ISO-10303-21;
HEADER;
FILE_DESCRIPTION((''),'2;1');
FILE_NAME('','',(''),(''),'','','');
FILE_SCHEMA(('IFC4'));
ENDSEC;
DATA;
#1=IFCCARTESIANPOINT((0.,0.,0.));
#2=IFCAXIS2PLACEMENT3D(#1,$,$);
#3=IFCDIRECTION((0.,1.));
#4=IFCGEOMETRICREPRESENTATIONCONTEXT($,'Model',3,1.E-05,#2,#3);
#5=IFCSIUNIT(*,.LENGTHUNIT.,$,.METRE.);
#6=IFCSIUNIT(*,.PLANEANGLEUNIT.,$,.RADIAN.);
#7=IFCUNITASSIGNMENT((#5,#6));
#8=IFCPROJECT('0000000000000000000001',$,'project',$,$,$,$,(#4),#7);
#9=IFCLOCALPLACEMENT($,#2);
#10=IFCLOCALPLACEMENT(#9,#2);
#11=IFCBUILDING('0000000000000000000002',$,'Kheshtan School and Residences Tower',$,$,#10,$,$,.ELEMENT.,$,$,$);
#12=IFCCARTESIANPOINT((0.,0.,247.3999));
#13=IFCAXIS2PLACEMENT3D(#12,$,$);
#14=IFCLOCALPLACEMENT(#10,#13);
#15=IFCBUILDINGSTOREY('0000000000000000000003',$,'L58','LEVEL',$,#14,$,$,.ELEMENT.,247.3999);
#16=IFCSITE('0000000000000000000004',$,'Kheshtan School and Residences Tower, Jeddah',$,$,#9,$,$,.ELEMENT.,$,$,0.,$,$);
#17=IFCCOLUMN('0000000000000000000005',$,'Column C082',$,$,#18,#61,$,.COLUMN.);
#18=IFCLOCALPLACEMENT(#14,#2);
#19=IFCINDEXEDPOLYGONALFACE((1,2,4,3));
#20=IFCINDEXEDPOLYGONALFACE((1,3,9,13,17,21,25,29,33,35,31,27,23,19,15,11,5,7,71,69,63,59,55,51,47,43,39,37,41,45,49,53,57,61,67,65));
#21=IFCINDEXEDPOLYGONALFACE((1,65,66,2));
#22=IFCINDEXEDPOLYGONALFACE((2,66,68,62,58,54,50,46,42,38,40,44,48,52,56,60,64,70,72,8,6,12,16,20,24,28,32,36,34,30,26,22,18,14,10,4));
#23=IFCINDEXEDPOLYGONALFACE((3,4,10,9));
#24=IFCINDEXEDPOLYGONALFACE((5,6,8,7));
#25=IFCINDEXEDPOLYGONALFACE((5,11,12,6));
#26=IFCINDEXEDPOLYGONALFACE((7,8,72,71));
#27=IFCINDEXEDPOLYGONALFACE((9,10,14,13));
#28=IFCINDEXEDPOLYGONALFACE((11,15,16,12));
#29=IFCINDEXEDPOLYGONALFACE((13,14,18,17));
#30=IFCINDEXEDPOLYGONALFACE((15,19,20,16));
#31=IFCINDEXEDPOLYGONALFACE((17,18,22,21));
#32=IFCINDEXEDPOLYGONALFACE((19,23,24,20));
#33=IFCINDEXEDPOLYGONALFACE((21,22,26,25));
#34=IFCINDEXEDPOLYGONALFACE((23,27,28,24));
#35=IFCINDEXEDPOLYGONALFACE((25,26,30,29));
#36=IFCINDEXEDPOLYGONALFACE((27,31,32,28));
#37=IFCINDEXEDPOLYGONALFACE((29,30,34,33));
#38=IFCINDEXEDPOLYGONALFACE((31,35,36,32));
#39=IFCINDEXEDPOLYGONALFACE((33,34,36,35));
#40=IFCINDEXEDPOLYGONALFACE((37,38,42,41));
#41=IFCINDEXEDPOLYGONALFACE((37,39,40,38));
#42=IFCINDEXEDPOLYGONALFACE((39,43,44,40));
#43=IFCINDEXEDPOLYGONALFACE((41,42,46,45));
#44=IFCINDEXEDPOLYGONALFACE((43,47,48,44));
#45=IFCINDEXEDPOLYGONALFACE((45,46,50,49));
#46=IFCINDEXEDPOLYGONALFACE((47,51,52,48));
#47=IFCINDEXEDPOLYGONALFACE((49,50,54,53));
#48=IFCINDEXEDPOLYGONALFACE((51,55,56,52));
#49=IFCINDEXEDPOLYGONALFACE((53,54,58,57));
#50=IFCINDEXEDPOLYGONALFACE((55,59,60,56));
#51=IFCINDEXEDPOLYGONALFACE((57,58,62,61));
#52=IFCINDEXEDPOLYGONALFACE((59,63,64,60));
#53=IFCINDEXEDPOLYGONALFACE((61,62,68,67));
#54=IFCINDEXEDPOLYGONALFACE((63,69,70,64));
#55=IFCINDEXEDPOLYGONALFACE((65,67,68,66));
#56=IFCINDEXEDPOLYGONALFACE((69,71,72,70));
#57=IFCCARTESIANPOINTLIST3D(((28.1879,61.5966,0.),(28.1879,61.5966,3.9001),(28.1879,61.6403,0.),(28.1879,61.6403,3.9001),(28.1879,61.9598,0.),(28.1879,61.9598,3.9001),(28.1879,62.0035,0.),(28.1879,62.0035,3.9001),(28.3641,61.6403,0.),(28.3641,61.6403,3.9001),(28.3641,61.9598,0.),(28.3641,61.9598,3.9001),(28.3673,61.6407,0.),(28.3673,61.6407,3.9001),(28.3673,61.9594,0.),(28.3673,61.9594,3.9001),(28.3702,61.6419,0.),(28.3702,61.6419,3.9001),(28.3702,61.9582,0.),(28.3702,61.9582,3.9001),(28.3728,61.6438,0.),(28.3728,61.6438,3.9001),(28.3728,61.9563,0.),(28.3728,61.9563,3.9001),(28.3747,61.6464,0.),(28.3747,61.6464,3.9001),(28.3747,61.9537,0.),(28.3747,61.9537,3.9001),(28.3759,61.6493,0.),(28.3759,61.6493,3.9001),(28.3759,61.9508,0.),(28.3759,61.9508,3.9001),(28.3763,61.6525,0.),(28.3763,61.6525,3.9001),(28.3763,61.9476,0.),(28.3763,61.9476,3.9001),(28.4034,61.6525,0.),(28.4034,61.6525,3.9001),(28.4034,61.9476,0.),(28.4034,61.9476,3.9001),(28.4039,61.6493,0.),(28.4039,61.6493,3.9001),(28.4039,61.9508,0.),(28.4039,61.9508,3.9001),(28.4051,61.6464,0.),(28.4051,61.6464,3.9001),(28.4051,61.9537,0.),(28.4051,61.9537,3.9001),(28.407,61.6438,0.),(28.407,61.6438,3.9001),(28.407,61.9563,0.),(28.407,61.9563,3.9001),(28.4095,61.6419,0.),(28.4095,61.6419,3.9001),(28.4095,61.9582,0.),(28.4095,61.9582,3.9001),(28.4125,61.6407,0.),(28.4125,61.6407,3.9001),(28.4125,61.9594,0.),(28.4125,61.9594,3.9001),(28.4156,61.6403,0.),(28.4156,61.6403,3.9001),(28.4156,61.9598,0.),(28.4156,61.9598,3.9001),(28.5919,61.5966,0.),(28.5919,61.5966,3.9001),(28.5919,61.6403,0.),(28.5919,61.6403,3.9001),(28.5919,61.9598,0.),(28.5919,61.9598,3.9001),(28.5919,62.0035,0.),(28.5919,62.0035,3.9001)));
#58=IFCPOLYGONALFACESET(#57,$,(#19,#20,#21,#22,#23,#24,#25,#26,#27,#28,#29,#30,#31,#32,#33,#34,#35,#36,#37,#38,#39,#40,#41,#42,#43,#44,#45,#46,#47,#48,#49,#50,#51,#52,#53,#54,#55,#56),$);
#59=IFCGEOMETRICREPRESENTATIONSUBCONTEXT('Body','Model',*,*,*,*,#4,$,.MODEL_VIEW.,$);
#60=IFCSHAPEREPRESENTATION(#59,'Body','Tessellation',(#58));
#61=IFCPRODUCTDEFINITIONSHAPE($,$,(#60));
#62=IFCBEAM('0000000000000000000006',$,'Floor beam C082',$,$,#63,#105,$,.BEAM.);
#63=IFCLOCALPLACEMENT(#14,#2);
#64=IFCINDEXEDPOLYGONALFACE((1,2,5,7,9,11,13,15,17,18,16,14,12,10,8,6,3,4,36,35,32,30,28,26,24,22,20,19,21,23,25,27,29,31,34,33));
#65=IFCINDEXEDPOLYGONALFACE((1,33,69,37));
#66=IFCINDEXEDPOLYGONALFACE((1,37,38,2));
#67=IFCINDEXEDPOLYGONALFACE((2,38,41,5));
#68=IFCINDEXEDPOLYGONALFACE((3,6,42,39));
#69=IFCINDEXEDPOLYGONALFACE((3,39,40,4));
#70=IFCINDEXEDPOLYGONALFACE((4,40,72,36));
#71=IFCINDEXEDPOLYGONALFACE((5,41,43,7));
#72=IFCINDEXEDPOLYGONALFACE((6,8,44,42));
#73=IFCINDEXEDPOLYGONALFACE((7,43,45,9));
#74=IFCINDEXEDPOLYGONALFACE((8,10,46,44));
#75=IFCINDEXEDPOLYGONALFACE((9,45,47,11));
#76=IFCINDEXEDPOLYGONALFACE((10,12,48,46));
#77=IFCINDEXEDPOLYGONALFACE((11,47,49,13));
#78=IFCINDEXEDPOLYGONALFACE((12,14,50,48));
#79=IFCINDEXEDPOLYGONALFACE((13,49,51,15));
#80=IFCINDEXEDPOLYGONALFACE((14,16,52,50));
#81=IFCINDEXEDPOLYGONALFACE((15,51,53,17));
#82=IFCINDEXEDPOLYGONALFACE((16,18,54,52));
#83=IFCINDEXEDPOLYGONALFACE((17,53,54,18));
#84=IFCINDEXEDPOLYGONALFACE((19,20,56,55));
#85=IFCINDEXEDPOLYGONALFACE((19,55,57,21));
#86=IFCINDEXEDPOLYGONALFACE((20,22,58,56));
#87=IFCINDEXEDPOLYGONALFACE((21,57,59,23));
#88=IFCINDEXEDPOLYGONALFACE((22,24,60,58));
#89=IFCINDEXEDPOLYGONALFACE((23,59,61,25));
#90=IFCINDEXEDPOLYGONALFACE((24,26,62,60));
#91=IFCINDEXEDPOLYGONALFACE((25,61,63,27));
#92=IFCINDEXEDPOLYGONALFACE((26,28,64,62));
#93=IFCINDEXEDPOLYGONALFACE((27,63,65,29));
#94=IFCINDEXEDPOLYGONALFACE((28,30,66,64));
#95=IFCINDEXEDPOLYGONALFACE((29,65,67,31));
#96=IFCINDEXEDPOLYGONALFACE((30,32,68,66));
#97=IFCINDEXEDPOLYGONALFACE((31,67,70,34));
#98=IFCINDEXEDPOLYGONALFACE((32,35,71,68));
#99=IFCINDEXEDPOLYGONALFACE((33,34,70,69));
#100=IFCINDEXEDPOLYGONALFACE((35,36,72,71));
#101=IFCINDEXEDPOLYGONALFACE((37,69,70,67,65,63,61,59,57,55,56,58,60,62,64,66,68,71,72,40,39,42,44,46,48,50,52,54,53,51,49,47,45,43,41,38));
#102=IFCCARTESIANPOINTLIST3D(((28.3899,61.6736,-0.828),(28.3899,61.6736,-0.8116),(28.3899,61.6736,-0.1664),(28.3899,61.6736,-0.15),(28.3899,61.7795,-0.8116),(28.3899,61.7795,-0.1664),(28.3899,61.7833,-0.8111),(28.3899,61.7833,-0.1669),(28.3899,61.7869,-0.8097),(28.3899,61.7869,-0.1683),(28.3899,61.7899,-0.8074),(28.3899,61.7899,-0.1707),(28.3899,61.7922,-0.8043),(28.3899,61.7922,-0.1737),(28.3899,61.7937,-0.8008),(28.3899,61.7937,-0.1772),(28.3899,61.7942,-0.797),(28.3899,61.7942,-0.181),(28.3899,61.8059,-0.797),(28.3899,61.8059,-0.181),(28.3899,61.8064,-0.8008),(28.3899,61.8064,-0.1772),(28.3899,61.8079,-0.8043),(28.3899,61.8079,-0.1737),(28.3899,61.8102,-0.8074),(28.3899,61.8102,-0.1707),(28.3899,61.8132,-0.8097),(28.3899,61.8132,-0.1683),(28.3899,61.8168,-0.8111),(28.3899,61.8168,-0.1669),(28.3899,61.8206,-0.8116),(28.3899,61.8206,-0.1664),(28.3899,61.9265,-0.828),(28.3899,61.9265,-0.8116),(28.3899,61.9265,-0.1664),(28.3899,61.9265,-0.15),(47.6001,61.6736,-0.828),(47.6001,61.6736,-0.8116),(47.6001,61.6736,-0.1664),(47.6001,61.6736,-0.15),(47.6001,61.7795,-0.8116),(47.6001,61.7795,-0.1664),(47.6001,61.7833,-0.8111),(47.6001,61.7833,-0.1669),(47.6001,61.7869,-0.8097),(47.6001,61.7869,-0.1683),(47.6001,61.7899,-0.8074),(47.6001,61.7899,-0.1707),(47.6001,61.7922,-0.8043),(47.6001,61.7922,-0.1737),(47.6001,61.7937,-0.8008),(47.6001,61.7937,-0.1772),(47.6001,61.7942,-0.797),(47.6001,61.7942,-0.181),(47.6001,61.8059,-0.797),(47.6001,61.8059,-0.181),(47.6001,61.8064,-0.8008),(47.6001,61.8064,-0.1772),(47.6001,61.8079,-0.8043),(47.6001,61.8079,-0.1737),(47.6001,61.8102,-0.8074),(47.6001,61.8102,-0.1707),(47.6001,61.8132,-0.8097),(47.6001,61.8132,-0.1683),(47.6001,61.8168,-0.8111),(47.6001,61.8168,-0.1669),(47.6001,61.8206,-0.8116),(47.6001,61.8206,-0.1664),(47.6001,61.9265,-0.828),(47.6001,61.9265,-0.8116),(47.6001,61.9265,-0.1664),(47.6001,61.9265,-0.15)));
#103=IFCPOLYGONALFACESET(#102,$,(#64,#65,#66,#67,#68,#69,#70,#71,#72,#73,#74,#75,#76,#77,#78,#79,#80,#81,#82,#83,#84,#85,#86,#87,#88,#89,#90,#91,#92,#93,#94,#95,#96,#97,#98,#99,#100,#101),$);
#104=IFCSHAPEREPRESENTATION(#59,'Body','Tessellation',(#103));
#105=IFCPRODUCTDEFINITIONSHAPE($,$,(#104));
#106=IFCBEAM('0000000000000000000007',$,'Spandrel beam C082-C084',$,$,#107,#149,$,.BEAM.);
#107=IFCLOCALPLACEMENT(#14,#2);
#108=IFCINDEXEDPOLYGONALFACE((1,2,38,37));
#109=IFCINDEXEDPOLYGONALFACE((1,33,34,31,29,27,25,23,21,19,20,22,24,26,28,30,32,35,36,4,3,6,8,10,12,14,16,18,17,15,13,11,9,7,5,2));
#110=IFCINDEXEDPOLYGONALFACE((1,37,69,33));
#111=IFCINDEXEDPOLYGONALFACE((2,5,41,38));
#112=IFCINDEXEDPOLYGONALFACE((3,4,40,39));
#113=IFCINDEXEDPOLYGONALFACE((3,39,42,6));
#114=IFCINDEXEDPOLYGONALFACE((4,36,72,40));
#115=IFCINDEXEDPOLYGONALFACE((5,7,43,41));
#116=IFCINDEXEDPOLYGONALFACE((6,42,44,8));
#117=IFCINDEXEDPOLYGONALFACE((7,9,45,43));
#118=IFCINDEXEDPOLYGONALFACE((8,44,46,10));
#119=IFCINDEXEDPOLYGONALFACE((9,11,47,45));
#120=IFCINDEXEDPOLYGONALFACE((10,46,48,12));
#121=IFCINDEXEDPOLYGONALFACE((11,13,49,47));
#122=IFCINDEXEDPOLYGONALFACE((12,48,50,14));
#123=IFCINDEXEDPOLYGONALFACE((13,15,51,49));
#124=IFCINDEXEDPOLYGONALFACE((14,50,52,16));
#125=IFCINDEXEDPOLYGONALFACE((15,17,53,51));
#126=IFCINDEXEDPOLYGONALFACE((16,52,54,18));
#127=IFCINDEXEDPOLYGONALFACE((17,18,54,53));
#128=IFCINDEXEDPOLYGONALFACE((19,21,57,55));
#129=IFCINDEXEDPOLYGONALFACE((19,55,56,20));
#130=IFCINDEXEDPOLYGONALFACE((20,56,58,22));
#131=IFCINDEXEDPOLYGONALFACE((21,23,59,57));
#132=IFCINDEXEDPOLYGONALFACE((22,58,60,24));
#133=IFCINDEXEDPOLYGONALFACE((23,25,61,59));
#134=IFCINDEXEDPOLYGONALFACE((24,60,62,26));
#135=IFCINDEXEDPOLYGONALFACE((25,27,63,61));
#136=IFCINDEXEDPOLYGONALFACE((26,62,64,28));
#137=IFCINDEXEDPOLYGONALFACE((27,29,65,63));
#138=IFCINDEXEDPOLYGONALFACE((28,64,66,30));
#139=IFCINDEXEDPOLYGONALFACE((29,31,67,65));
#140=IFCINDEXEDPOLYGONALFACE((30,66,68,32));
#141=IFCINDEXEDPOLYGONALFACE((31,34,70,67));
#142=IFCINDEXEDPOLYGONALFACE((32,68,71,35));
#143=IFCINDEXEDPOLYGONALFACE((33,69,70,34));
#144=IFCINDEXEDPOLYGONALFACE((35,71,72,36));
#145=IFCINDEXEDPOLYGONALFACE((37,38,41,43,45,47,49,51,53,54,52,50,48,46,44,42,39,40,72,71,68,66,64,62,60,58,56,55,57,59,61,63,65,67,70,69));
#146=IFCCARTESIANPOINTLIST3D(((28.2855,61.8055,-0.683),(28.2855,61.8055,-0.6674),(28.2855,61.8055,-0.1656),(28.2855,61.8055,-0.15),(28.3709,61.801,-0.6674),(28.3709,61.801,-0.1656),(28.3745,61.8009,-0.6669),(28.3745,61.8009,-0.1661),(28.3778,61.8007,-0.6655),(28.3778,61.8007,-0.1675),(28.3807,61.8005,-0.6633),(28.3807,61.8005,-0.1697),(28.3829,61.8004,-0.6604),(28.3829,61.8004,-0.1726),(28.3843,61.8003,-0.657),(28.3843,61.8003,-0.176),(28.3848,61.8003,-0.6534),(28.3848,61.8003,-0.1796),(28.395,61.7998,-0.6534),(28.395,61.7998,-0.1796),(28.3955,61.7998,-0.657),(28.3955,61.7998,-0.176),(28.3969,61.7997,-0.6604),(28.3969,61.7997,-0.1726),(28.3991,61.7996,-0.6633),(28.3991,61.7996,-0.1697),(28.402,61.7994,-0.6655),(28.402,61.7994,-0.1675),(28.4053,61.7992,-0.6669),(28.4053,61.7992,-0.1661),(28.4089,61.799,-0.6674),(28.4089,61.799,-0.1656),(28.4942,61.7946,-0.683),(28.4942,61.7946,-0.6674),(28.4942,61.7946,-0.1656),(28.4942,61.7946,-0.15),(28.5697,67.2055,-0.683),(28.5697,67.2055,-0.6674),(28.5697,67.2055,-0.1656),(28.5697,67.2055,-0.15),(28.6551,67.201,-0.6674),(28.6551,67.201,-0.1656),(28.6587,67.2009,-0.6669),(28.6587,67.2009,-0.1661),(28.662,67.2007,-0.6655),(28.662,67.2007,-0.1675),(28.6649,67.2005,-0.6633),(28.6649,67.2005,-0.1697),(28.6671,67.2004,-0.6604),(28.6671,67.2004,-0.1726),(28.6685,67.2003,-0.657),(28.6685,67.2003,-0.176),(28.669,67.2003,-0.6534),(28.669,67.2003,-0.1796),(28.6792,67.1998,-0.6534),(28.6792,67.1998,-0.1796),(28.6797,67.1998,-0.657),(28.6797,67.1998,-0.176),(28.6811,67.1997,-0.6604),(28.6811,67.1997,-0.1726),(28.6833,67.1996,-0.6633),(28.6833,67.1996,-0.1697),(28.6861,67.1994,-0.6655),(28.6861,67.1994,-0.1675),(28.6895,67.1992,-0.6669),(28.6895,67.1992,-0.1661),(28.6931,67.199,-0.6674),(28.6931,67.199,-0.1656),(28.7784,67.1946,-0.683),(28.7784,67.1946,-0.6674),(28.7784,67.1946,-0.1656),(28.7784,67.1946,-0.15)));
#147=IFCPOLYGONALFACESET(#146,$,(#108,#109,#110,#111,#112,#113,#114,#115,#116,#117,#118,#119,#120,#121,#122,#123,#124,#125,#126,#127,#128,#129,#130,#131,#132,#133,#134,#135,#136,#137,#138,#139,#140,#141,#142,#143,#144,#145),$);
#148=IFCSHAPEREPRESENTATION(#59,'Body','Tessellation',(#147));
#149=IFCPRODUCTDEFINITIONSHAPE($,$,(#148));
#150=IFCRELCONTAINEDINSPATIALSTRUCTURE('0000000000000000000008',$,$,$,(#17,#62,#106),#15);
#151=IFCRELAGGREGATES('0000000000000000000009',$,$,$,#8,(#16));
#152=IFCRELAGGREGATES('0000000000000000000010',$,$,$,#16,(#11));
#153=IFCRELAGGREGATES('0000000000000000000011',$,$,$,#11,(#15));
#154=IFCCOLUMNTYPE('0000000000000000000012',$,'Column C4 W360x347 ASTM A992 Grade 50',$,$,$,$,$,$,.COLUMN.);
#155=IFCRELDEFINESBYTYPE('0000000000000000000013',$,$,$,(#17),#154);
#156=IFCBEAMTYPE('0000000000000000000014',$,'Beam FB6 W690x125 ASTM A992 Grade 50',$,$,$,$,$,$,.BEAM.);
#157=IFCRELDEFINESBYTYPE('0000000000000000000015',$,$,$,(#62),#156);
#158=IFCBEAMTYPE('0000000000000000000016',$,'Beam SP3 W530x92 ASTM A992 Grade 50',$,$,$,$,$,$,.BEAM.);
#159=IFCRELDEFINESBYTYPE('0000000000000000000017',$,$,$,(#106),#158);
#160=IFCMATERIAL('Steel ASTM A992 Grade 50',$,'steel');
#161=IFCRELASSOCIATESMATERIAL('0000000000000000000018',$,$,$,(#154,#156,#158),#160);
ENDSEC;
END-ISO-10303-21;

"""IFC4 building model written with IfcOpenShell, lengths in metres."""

from ifc_helpers import new_model, si_unit, direction, frame, origin, origin_2d, place, context, subcontext, project, spatial, i_section, extrude, material, material_profile, profile_set, type_object, element, save


model = new_model("IFC4")

# Units and contexts
model_context = context("Model", 3, precision=1e-05, world=origin(), true_north=direction((0.0, 1.0)))
body_context = subcontext(model_context, "Body", "Model", "MODEL_VIEW")
ifc_project = project(units=[si_unit("LENGTHUNIT", "METRE"), si_unit("PLANEANGLEUNIT", "RADIAN")], contexts=[model_context])

# Site, building, storey
site_placement = place(None, origin())
site = spatial("IfcSite", under=ifc_project, at=site_placement, Name="Kheshtan School and Residences Tower, Jeddah", CompositionType="ELEMENT", RefElevation=0.0)
building_placement = place(site_placement, origin())
building = spatial("IfcBuilding", under=site, at=building_placement, Name="Kheshtan School and Residences Tower", CompositionType="ELEMENT")
storey_placement = place(building_placement, frame((0.0, 0.0, 247.3999)))
storey = spatial("IfcBuildingStorey", under=building, at=storey_placement, Name="L58", Description="LEVEL", CompositionType="ELEMENT", Elevation=247.3999)

# Column
ifc_material_1 = material(Name="Steel ASTM A992 Grade 50", Category="steel")
ifc_material_profile_1 = material_profile(ifc_material_1, i_section(OverallWidth=0.4041, OverallDepth=0.407, WebThickness=0.0271, FlangeThickness=0.0437, FilletRadius=0.0122, at=origin_2d()), Name="W360x347")
ifc_profile_set_1 = profile_set([ifc_material_profile_1], Name="Steel ASTM A992 Grade 50")
column_type = type_object("IfcColumnType", Name="Column C4 W360x347 ASTM A992 Grade 50", PredefinedType="COLUMN", material=ifc_profile_set_1)
column_placement = place(storey_placement, frame((28.3899, 61.8, 0.0), z_axis=(0.0, 0.0, 1.0), x_axis=(1.0, 0.0, 0.0)))
element("IfcColumn", 1, at=column_placement, inside=storey, type_object=column_type, Name="Column C082", PredefinedType="COLUMN", context=body_context, shape_type="SweptSolid", body=[
    extrude(i_section(OverallWidth=0.4041, OverallDepth=0.407, WebThickness=0.0271, FlangeThickness=0.0437, FilletRadius=0.0122, at=origin_2d()), origin(), (0.0, 0.0, 1.0), 3.9001),
])

# Beams
ifc_material_profile_2 = material_profile(ifc_material_1, i_section(OverallWidth=0.2529, OverallDepth=0.678, WebThickness=0.0117, FlangeThickness=0.0164, FilletRadius=0.0146, at=origin_2d()), Name="W690x125")
ifc_profile_set_2 = profile_set([ifc_material_profile_2], Name="Steel ASTM A992 Grade 50")
beam_type_1 = type_object("IfcBeamType", Name="Beam FB6 W690x125 ASTM A992 Grade 50", PredefinedType="BEAM", material=ifc_profile_set_2)
beam_1_placement = place(storey_placement, frame((28.3899, 61.8, -0.489), z_axis=(1.0, 0.0, 0.0), x_axis=(0.0, 1.0, 0.0)))
element("IfcBeam", 2, at=beam_1_placement, inside=storey, type_object=beam_type_1, Name="Floor beam C082", PredefinedType="BEAM", context=body_context, shape_type="SweptSolid", body=[
    extrude(i_section(OverallWidth=0.2529, OverallDepth=0.678, WebThickness=0.0117, FlangeThickness=0.0164, FilletRadius=0.0146, at=origin_2d()), origin(), (0.0, 0.0, 1.0), 19.2102),
])
ifc_material_profile_3 = material_profile(ifc_material_1, i_section(OverallWidth=0.209, OverallDepth=0.533, WebThickness=0.0103, FlangeThickness=0.0156, FilletRadius=0.0139, at=origin_2d()), Name="W530x92")
ifc_profile_set_3 = profile_set([ifc_material_profile_3], Name="Steel ASTM A992 Grade 50")
beam_type_2 = type_object("IfcBeamType", Name="Beam SP3 W530x92 ASTM A992 Grade 50", PredefinedType="BEAM", material=ifc_profile_set_3)
beam_2_placement = place(storey_placement, frame((28.3899, 61.8, -0.4165), z_axis=(0.052554, 0.998618, 0.0), x_axis=(-0.998618, 0.052554, 0.0)))
element("IfcBeam", 3, at=beam_2_placement, inside=storey, type_object=beam_type_2, Name="Spandrel beam C082-C084", PredefinedType="BEAM", context=body_context, shape_type="SweptSolid", body=[
    extrude(i_section(OverallWidth=0.209, OverallDepth=0.533, WebThickness=0.0103, FlangeThickness=0.0156, FilletRadius=0.0139, at=origin_2d()), origin(), (0.0, 0.0, 1.0), 5.4075),
])

save(model, "model.ifc")
